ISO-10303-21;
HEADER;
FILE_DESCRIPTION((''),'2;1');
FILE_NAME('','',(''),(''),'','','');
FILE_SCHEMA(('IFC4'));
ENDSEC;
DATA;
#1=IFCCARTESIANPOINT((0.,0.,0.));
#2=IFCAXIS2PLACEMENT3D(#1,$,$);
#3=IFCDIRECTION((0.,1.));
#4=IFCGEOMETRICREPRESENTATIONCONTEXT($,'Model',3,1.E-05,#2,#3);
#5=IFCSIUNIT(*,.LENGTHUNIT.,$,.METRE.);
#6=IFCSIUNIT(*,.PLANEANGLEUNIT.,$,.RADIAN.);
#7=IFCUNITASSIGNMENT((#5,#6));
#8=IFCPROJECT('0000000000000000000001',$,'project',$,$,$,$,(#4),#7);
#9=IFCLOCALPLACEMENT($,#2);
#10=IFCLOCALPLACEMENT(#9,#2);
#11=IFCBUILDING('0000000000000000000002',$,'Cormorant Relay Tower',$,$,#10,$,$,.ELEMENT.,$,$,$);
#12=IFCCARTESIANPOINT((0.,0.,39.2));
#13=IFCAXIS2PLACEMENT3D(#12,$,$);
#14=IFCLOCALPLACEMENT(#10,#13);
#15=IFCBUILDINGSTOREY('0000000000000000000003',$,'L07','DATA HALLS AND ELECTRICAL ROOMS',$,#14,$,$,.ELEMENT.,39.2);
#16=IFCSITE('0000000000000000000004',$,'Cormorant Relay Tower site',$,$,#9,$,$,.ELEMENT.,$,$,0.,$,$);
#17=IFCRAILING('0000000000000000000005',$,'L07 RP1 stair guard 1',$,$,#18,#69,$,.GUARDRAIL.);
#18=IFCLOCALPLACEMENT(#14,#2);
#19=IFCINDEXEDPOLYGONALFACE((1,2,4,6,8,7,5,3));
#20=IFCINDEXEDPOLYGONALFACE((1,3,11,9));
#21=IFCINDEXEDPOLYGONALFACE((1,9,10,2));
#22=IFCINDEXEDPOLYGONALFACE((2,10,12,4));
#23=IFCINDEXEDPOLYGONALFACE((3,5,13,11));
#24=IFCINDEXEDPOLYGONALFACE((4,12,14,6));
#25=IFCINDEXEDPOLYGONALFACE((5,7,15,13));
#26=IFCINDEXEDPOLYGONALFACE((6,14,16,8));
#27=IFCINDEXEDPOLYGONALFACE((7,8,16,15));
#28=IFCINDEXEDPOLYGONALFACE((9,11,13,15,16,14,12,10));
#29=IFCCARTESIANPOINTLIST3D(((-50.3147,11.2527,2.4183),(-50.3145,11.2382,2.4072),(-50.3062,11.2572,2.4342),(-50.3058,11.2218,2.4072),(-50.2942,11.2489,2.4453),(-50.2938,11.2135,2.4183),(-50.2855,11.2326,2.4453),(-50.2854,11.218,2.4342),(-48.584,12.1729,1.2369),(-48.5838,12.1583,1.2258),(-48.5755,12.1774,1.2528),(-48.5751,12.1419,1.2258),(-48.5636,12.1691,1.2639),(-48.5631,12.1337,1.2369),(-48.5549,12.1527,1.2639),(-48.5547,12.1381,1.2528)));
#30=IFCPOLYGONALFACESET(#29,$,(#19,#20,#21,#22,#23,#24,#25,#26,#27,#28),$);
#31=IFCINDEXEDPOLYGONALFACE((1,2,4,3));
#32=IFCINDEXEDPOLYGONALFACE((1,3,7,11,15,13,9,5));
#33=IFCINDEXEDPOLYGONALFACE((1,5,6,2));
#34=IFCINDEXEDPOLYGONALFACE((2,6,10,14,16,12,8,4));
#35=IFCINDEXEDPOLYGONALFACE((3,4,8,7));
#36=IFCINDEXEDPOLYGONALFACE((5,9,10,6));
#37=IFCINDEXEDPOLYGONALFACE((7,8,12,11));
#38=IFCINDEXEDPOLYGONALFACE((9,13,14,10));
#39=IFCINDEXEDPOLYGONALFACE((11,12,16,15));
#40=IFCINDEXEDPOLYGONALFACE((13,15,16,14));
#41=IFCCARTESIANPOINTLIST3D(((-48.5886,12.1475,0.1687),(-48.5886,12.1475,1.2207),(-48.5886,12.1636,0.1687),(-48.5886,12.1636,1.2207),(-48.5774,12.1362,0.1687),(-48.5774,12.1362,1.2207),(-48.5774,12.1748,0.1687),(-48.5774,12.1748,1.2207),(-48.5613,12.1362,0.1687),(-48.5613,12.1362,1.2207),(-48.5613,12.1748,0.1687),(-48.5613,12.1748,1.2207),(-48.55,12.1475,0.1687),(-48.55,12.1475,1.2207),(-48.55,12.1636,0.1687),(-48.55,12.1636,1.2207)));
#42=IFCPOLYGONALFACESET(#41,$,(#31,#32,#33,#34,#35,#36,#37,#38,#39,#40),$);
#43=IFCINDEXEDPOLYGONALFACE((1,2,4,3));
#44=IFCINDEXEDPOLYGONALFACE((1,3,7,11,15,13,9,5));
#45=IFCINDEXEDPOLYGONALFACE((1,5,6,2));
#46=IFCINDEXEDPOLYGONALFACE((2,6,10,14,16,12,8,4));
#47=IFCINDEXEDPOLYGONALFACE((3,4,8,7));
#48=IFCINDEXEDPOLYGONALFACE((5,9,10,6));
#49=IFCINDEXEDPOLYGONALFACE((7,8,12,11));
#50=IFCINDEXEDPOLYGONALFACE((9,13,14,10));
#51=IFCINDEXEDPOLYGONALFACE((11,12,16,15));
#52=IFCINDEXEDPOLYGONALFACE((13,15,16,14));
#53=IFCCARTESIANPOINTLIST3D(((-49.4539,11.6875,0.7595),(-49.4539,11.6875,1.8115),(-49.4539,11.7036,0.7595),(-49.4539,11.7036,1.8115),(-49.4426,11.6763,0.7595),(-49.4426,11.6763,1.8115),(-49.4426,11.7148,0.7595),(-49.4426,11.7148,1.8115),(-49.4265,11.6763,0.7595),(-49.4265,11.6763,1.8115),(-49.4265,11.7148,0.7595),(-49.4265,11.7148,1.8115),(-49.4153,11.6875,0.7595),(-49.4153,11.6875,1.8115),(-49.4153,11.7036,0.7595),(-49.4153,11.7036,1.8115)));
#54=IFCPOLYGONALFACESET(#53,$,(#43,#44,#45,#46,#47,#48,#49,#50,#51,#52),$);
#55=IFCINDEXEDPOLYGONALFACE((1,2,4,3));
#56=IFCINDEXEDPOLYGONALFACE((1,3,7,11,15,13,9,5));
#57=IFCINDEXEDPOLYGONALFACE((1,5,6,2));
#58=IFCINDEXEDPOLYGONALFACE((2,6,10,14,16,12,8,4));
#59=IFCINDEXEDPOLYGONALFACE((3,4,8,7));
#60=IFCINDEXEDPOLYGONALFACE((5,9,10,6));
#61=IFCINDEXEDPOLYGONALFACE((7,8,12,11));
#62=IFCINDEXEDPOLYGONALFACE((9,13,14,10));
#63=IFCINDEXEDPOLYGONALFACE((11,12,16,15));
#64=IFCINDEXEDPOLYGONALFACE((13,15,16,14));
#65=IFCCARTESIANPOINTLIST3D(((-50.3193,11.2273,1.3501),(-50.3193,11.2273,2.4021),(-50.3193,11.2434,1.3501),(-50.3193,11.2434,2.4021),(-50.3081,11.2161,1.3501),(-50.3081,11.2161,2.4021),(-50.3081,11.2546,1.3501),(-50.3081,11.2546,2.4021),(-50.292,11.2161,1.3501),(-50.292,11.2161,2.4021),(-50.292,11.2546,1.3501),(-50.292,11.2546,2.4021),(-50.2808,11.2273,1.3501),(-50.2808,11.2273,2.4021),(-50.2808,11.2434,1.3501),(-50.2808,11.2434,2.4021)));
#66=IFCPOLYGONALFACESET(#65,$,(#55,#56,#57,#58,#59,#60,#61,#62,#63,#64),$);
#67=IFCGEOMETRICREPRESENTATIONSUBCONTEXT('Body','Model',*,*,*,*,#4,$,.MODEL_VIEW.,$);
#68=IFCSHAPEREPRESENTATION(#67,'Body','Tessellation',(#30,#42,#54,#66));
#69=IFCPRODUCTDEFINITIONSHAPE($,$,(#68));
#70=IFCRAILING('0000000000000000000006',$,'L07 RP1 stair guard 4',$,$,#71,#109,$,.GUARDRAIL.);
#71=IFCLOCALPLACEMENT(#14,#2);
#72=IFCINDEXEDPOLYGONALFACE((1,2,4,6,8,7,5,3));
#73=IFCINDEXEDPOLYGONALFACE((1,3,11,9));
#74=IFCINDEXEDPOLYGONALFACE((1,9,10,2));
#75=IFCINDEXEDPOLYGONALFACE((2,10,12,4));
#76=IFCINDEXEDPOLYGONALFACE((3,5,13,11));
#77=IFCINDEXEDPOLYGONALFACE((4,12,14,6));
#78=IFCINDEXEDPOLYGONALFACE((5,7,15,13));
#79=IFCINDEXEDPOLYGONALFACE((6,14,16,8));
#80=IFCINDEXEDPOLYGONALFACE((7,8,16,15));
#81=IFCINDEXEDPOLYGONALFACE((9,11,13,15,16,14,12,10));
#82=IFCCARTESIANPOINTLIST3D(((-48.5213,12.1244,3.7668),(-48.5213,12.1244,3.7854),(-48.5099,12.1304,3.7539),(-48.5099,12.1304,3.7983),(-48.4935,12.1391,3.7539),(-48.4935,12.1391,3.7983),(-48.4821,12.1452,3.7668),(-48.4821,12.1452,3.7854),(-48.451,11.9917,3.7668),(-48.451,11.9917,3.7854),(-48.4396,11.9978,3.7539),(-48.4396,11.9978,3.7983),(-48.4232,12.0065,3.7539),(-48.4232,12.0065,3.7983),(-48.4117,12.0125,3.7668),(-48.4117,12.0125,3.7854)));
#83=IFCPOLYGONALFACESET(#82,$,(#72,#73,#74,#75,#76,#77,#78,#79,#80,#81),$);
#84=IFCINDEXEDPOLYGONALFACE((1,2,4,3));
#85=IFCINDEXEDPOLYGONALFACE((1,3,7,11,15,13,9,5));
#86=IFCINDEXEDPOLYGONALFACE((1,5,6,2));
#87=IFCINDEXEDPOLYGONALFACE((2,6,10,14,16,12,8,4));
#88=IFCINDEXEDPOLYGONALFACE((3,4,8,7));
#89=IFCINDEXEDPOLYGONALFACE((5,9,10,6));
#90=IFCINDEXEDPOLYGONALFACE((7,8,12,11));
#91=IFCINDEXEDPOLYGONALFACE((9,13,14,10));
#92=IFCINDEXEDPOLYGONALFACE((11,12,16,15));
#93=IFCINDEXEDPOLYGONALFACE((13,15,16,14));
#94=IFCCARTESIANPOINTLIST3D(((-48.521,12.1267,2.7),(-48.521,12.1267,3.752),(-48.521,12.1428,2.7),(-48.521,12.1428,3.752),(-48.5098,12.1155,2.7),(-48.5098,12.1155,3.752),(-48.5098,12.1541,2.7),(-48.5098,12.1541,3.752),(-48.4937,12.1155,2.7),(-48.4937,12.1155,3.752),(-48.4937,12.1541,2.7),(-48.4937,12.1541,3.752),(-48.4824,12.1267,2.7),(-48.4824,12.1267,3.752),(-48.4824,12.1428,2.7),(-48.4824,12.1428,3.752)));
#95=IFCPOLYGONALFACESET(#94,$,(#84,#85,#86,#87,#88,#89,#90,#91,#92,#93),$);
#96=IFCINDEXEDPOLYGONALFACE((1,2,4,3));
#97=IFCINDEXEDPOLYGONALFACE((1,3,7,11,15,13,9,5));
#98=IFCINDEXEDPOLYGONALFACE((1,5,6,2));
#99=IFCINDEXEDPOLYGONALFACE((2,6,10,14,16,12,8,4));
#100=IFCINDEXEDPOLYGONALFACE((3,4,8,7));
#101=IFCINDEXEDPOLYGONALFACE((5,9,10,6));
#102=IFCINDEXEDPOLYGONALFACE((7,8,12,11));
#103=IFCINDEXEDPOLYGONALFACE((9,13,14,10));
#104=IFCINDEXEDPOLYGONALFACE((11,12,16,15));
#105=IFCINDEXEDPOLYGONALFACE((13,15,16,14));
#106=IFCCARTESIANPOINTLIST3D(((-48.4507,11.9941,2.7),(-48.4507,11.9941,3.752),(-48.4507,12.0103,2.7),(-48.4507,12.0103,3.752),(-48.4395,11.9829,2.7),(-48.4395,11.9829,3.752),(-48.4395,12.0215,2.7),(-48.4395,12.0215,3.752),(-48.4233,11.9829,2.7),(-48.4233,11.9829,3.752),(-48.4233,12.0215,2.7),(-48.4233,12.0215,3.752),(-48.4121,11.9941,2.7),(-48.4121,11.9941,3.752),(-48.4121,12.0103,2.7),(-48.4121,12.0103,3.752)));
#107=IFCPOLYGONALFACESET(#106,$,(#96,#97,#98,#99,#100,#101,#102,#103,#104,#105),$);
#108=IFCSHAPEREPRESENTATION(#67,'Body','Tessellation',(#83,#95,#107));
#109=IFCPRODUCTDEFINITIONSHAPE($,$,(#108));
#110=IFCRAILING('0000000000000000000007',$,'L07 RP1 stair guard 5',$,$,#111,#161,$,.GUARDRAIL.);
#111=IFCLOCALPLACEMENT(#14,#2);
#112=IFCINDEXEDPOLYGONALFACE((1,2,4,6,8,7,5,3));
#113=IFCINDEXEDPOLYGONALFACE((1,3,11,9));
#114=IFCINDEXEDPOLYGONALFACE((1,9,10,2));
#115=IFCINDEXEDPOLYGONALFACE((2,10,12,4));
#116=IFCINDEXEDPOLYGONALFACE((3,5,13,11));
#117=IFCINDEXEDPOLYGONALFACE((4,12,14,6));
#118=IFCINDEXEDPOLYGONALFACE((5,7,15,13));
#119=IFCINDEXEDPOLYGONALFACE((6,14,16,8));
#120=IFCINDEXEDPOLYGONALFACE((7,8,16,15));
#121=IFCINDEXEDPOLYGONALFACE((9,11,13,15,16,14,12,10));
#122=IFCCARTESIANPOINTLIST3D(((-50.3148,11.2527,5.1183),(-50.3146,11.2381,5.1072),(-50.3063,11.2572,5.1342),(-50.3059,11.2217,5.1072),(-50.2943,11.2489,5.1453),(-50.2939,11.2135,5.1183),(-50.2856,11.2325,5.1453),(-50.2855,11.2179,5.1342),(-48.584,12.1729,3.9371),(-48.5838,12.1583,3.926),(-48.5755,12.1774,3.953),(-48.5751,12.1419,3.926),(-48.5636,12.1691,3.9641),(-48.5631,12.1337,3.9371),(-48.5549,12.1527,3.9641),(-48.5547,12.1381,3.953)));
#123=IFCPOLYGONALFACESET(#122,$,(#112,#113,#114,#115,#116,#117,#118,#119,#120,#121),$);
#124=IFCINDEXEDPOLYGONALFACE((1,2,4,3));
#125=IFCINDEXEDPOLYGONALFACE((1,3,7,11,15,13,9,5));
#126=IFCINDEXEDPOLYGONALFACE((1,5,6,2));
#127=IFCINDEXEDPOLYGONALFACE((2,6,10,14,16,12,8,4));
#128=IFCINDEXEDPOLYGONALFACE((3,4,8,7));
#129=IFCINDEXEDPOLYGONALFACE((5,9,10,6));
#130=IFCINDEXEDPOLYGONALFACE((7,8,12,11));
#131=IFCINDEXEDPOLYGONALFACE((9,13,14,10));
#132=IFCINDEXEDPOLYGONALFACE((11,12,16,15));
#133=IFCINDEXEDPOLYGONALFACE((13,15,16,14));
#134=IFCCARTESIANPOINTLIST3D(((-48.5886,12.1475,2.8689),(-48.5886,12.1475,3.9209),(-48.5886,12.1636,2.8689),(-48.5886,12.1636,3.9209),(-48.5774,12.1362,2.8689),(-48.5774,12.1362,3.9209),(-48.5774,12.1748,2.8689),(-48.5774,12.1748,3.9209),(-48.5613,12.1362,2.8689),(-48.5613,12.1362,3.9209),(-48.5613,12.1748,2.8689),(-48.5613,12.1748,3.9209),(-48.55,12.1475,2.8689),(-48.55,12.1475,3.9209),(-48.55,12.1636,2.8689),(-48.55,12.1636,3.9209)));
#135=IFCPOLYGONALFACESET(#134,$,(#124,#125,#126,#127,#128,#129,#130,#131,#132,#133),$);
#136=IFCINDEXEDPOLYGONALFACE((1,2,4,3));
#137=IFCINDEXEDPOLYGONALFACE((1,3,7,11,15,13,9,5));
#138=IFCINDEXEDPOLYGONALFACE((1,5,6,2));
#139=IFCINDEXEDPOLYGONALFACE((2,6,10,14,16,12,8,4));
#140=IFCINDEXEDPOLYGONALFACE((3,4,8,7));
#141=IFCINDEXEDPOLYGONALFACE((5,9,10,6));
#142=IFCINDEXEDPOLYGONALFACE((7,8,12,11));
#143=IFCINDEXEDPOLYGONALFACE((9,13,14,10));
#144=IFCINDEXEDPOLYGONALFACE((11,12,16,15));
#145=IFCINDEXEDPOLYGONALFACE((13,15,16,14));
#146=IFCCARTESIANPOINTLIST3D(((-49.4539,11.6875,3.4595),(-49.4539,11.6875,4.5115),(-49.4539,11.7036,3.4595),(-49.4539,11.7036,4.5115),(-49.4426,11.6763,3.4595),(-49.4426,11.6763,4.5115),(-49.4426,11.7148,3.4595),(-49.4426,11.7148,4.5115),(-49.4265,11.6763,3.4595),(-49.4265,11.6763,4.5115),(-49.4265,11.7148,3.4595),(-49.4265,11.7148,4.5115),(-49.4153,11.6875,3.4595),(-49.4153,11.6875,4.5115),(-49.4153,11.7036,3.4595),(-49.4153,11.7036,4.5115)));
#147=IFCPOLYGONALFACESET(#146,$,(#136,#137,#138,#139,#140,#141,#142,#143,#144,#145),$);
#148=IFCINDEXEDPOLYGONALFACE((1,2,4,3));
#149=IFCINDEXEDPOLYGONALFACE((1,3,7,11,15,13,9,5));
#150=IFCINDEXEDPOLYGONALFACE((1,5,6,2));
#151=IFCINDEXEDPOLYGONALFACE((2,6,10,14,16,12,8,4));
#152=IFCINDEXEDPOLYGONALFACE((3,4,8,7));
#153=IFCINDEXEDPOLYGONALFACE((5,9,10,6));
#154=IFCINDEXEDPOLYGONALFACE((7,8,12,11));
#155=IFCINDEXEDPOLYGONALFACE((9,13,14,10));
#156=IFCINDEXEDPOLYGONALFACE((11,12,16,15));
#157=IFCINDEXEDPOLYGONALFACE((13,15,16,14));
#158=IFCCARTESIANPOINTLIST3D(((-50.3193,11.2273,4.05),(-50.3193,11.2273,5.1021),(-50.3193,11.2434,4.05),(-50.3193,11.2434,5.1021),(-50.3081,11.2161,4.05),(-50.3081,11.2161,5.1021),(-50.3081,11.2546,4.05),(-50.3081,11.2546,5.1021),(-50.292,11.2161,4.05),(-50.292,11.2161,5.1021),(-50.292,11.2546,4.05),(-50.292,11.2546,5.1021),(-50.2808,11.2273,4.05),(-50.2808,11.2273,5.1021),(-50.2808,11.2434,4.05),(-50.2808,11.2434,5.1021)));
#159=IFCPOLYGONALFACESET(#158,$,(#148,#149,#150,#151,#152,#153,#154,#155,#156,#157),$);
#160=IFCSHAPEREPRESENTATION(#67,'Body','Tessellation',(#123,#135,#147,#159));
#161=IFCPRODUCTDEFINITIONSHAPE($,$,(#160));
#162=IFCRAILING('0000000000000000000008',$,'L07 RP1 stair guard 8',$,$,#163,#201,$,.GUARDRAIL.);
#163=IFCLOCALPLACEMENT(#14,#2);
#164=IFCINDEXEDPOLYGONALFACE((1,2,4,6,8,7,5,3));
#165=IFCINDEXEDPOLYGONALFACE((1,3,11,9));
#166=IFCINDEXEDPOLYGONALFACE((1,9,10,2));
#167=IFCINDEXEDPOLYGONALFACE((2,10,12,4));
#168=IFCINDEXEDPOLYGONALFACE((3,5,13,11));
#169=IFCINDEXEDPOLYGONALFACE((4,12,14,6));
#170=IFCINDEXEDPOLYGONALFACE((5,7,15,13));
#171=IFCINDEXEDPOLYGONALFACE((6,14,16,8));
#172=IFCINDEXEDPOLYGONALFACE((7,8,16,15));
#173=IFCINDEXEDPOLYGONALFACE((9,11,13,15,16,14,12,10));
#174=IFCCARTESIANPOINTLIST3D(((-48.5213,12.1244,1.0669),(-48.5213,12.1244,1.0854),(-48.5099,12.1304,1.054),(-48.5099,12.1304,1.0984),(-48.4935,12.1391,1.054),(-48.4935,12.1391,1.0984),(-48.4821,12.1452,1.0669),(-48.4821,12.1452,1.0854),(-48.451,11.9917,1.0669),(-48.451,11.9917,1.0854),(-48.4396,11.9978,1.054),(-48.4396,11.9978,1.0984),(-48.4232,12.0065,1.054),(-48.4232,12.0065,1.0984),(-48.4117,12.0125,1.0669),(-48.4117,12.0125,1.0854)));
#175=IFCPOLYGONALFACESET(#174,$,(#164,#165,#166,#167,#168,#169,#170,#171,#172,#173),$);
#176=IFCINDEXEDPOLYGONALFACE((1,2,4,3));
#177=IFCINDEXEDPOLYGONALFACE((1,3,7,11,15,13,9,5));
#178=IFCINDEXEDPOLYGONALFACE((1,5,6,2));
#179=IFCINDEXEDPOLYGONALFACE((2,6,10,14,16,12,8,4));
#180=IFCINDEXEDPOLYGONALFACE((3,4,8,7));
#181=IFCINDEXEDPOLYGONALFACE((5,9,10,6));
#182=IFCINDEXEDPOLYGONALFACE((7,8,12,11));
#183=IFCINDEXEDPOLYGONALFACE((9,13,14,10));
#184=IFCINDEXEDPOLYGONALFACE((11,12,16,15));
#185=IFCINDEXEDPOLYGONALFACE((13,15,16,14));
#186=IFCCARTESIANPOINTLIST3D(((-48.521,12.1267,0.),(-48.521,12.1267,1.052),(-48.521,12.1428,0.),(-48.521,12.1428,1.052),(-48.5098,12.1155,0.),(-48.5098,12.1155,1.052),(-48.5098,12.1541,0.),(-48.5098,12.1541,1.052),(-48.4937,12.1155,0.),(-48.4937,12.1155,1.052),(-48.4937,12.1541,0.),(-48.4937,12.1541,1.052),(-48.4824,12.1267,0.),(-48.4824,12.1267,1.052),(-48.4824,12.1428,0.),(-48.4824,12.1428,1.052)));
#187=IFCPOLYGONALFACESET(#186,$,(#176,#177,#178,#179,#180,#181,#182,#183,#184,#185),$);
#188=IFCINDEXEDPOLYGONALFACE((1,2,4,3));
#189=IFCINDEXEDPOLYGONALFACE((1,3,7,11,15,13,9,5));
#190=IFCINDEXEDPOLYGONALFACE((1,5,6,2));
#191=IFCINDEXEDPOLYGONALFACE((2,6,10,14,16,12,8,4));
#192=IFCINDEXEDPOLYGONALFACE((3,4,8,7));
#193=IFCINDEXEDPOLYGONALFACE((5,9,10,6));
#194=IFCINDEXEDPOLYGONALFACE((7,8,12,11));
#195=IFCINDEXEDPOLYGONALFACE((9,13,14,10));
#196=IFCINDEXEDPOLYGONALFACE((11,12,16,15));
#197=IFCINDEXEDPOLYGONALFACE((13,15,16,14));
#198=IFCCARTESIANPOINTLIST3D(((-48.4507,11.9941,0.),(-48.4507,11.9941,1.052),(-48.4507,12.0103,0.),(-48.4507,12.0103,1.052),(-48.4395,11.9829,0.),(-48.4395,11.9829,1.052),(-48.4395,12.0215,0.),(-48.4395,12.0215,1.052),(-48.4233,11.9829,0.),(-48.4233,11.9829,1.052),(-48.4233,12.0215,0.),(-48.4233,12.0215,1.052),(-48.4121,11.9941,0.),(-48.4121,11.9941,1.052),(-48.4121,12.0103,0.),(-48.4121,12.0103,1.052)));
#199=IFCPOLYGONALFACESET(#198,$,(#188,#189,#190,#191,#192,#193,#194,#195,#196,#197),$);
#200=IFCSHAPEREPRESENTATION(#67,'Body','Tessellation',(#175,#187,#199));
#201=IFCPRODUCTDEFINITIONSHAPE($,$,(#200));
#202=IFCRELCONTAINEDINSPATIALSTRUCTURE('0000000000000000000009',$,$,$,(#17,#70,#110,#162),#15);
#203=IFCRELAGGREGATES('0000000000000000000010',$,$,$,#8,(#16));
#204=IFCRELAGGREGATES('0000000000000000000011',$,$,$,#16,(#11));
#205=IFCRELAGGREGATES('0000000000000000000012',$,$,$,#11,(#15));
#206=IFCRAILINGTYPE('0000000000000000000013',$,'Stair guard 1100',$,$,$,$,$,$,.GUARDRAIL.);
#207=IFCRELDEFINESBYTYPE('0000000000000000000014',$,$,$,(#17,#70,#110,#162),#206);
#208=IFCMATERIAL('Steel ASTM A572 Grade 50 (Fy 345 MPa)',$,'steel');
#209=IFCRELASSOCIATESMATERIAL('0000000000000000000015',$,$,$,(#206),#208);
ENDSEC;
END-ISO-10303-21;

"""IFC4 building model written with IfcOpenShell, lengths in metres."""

from ifc_helpers import new_model, si_unit, direction, frame, origin, place, context, subcontext, project, spatial, polyline, outline, extrude, material, type_object, element, save


model = new_model("IFC4")

# Units and contexts
model_context = context("Model", 3, precision=1e-05, world=origin(), true_north=direction((0.0, 1.0)))
body_context = subcontext(model_context, "Body", "Model", "MODEL_VIEW")
ifc_project = project(units=[si_unit("LENGTHUNIT", "METRE"), si_unit("PLANEANGLEUNIT", "RADIAN")], contexts=[model_context])

# Site, building, storey
site_placement = place(None, origin())
site = spatial("IfcSite", under=ifc_project, at=site_placement, Name="Cormorant Relay Tower site", CompositionType="ELEMENT", RefElevation=0.0)
building_placement = place(site_placement, origin())
building = spatial("IfcBuilding", under=site, at=building_placement, Name="Cormorant Relay Tower", CompositionType="ELEMENT")
storey_placement = place(building_placement, frame((0.0, 0.0, 39.2)))
storey = spatial("IfcBuildingStorey", under=building, at=storey_placement, Name="L07", Description="DATA HALLS AND ELECTRICAL ROOMS", CompositionType="ELEMENT", Elevation=39.2)

# Railings
ifc_material_1 = material(Name="Steel ASTM A572 Grade 50 (Fy 345 MPa)", Category="steel")
railing_type_1 = type_object("IfcRailingType", Name="Stair guard 1100", PredefinedType="GUARDRAIL", material=ifc_material_1)
railing_1_placement = place(storey_placement, frame((-48.5693, 12.1555, 0.1687)))
element("IfcRailing", 1, at=railing_1_placement, inside=storey, type_object=railing_type_1, Name="L07 RP1 stair guard 1", PredefinedType="GUARDRAIL", context=body_context, shape_type="SweptSolid", body=[
    extrude(outline(polyline([(0.0222, 0.0093), (0.0093, 0.0222), (-0.0093, 0.0222), (-0.0222, 0.0093), (-0.0222, -0.0093), (-0.0093, -0.0222), (0.0093, -0.0222), (0.0222, -0.0093), (0.0222, 0.0093)])), frame((0.0, 0.0, 1.0762), z_axis=(-0.756226, -0.402062, 0.516205), x_axis=(0.469444, -0.882962, 0.0)), (0.0, 0.0, 1.0), 2.2886),
    extrude(outline(polyline([(0.0193, 0.0081), (0.0081, 0.0193), (-0.0081, 0.0193), (-0.0193, 0.0081), (-0.0193, -0.0081), (-0.0081, -0.0193), (0.0081, -0.0193), (0.0193, -0.0081), (0.0193, 0.0081)])), origin(), (0.0, 0.0, 1.0), 1.052),
    extrude(outline(polyline([(0.0193, 0.0081), (0.0081, 0.0193), (-0.0081, 0.0193), (-0.0193, 0.0081), (-0.0193, -0.0081), (-0.0081, -0.0193), (0.0081, -0.0193), (0.0193, -0.0081), (0.0193, 0.0081)])), frame((-0.8652, -0.46, 0.5908)), (0.0, 0.0, 1.0), 1.052),
    extrude(outline(polyline([(0.0193, 0.0081), (0.0081, 0.0193), (-0.0081, 0.0193), (-0.0193, 0.0081), (-0.0193, -0.0081), (-0.0081, -0.0193), (0.0081, -0.0193), (0.0193, -0.0081), (0.0193, 0.0081)])), frame((-1.7307, -0.9202, 1.1814)), (0.0, 0.0, 1.0), 1.052),
])
railing_2_placement = place(storey_placement, frame((-48.5017, 12.1348, 2.7)))
element("IfcRailing", 2, at=railing_2_placement, inside=storey, type_object=railing_type_1, Name="L07 RP1 stair guard 4", PredefinedType="GUARDRAIL", context=body_context, shape_type="SweptSolid", body=[
    extrude(outline(polyline([(0.0222, 0.0093), (0.0093, 0.0222), (-0.0093, 0.0222), (-0.0222, 0.0093), (-0.0222, -0.0093), (-0.0093, -0.0222), (0.0093, -0.0222), (0.0222, -0.0093), (0.0222, 0.0093)])), frame((0.0, 0.0, 1.0762), z_axis=(0.46856, -0.883431, 0.0), x_axis=(0.883431, 0.46856, 0.0)), (0.0, 0.0, 1.0), 0.1501),
    extrude(outline(polyline([(0.0193, 0.0081), (0.0081, 0.0193), (-0.0081, 0.0193), (-0.0193, 0.0081), (-0.0193, -0.0081), (-0.0081, -0.0193), (0.0081, -0.0193), (0.0193, -0.0081), (0.0193, 0.0081)])), origin(), (0.0, 0.0, 1.0), 1.052),
    extrude(outline(polyline([(0.0193, 0.0081), (0.0081, 0.0193), (-0.0081, 0.0193), (-0.0193, 0.0081), (-0.0193, -0.0081), (-0.0081, -0.0193), (0.0081, -0.0193), (0.0193, -0.0081), (0.0193, 0.0081)])), frame((0.0703, -0.1326, 0.0)), (0.0, 0.0, 1.0), 1.052),
])
railing_3_placement = place(storey_placement, frame((-48.5693, 12.1555, 2.8689)))
element("IfcRailing", 3, at=railing_3_placement, inside=storey, type_object=railing_type_1, Name="L07 RP1 stair guard 5", PredefinedType="GUARDRAIL", context=body_context, shape_type="SweptSolid", body=[
    extrude(outline(polyline([(0.0222, 0.0093), (0.0093, 0.0222), (-0.0093, 0.0222), (-0.0222, 0.0093), (-0.0222, -0.0093), (-0.0093, -0.0222), (0.0093, -0.0222), (0.0222, -0.0093), (0.0222, 0.0093)])), frame((0.0, 0.0, 1.0762), z_axis=(-0.756268, -0.402084, 0.516127), x_axis=(0.469444, -0.882962, 0.0)), (0.0, 0.0, 1.0), 2.2886),
    extrude(outline(polyline([(0.0193, 0.0081), (0.0081, 0.0193), (-0.0081, 0.0193), (-0.0193, 0.0081), (-0.0193, -0.0081), (-0.0081, -0.0193), (0.0081, -0.0193), (0.0193, -0.0081), (0.0193, 0.0081)])), origin(), (0.0, 0.0, 1.0), 1.052),
    extrude(outline(polyline([(0.0193, 0.0081), (0.0081, 0.0193), (-0.0081, 0.0193), (-0.0193, 0.0081), (-0.0193, -0.0081), (-0.0081, -0.0193), (0.0081, -0.0193), (0.0193, -0.0081), (0.0193, 0.0081)])), frame((-0.8652, -0.46, 0.5906)), (0.0, 0.0, 1.0), 1.052),
    extrude(outline(polyline([(0.0193, 0.0081), (0.0081, 0.0193), (-0.0081, 0.0193), (-0.0193, 0.0081), (-0.0193, -0.0081), (-0.0081, -0.0193), (0.0081, -0.0193), (0.0193, -0.0081), (0.0193, 0.0081)])), frame((-1.7307, -0.9202, 1.1812)), (0.0, 0.0, 1.0), 1.052),
])
railing_4_placement = place(storey_placement, frame((-48.5017, 12.1348, 0.0)))
element("IfcRailing", 4, at=railing_4_placement, inside=storey, type_object=railing_type_1, Name="L07 RP1 stair guard 8", PredefinedType="GUARDRAIL", context=body_context, shape_type="SweptSolid", body=[
    extrude(outline(polyline([(0.0222, 0.0093), (0.0093, 0.0222), (-0.0093, 0.0222), (-0.0222, 0.0093), (-0.0222, -0.0093), (-0.0093, -0.0222), (0.0093, -0.0222), (0.0222, -0.0093), (0.0222, 0.0093)])), frame((0.0, 0.0, 1.0762), z_axis=(0.46856, -0.883431, 0.0), x_axis=(0.883431, 0.46856, 0.0)), (0.0, 0.0, 1.0), 0.1501),
    extrude(outline(polyline([(0.0193, 0.0081), (0.0081, 0.0193), (-0.0081, 0.0193), (-0.0193, 0.0081), (-0.0193, -0.0081), (-0.0081, -0.0193), (0.0081, -0.0193), (0.0193, -0.0081), (0.0193, 0.0081)])), origin(), (0.0, 0.0, 1.0), 1.052),
    extrude(outline(polyline([(0.0193, 0.0081), (0.0081, 0.0193), (-0.0081, 0.0193), (-0.0193, 0.0081), (-0.0193, -0.0081), (-0.0081, -0.0193), (0.0081, -0.0193), (0.0193, -0.0081), (0.0193, 0.0081)])), frame((0.0703, -0.1326, 0.0)), (0.0, 0.0, 1.0), 1.052),
])

save(model, "model.ifc")
